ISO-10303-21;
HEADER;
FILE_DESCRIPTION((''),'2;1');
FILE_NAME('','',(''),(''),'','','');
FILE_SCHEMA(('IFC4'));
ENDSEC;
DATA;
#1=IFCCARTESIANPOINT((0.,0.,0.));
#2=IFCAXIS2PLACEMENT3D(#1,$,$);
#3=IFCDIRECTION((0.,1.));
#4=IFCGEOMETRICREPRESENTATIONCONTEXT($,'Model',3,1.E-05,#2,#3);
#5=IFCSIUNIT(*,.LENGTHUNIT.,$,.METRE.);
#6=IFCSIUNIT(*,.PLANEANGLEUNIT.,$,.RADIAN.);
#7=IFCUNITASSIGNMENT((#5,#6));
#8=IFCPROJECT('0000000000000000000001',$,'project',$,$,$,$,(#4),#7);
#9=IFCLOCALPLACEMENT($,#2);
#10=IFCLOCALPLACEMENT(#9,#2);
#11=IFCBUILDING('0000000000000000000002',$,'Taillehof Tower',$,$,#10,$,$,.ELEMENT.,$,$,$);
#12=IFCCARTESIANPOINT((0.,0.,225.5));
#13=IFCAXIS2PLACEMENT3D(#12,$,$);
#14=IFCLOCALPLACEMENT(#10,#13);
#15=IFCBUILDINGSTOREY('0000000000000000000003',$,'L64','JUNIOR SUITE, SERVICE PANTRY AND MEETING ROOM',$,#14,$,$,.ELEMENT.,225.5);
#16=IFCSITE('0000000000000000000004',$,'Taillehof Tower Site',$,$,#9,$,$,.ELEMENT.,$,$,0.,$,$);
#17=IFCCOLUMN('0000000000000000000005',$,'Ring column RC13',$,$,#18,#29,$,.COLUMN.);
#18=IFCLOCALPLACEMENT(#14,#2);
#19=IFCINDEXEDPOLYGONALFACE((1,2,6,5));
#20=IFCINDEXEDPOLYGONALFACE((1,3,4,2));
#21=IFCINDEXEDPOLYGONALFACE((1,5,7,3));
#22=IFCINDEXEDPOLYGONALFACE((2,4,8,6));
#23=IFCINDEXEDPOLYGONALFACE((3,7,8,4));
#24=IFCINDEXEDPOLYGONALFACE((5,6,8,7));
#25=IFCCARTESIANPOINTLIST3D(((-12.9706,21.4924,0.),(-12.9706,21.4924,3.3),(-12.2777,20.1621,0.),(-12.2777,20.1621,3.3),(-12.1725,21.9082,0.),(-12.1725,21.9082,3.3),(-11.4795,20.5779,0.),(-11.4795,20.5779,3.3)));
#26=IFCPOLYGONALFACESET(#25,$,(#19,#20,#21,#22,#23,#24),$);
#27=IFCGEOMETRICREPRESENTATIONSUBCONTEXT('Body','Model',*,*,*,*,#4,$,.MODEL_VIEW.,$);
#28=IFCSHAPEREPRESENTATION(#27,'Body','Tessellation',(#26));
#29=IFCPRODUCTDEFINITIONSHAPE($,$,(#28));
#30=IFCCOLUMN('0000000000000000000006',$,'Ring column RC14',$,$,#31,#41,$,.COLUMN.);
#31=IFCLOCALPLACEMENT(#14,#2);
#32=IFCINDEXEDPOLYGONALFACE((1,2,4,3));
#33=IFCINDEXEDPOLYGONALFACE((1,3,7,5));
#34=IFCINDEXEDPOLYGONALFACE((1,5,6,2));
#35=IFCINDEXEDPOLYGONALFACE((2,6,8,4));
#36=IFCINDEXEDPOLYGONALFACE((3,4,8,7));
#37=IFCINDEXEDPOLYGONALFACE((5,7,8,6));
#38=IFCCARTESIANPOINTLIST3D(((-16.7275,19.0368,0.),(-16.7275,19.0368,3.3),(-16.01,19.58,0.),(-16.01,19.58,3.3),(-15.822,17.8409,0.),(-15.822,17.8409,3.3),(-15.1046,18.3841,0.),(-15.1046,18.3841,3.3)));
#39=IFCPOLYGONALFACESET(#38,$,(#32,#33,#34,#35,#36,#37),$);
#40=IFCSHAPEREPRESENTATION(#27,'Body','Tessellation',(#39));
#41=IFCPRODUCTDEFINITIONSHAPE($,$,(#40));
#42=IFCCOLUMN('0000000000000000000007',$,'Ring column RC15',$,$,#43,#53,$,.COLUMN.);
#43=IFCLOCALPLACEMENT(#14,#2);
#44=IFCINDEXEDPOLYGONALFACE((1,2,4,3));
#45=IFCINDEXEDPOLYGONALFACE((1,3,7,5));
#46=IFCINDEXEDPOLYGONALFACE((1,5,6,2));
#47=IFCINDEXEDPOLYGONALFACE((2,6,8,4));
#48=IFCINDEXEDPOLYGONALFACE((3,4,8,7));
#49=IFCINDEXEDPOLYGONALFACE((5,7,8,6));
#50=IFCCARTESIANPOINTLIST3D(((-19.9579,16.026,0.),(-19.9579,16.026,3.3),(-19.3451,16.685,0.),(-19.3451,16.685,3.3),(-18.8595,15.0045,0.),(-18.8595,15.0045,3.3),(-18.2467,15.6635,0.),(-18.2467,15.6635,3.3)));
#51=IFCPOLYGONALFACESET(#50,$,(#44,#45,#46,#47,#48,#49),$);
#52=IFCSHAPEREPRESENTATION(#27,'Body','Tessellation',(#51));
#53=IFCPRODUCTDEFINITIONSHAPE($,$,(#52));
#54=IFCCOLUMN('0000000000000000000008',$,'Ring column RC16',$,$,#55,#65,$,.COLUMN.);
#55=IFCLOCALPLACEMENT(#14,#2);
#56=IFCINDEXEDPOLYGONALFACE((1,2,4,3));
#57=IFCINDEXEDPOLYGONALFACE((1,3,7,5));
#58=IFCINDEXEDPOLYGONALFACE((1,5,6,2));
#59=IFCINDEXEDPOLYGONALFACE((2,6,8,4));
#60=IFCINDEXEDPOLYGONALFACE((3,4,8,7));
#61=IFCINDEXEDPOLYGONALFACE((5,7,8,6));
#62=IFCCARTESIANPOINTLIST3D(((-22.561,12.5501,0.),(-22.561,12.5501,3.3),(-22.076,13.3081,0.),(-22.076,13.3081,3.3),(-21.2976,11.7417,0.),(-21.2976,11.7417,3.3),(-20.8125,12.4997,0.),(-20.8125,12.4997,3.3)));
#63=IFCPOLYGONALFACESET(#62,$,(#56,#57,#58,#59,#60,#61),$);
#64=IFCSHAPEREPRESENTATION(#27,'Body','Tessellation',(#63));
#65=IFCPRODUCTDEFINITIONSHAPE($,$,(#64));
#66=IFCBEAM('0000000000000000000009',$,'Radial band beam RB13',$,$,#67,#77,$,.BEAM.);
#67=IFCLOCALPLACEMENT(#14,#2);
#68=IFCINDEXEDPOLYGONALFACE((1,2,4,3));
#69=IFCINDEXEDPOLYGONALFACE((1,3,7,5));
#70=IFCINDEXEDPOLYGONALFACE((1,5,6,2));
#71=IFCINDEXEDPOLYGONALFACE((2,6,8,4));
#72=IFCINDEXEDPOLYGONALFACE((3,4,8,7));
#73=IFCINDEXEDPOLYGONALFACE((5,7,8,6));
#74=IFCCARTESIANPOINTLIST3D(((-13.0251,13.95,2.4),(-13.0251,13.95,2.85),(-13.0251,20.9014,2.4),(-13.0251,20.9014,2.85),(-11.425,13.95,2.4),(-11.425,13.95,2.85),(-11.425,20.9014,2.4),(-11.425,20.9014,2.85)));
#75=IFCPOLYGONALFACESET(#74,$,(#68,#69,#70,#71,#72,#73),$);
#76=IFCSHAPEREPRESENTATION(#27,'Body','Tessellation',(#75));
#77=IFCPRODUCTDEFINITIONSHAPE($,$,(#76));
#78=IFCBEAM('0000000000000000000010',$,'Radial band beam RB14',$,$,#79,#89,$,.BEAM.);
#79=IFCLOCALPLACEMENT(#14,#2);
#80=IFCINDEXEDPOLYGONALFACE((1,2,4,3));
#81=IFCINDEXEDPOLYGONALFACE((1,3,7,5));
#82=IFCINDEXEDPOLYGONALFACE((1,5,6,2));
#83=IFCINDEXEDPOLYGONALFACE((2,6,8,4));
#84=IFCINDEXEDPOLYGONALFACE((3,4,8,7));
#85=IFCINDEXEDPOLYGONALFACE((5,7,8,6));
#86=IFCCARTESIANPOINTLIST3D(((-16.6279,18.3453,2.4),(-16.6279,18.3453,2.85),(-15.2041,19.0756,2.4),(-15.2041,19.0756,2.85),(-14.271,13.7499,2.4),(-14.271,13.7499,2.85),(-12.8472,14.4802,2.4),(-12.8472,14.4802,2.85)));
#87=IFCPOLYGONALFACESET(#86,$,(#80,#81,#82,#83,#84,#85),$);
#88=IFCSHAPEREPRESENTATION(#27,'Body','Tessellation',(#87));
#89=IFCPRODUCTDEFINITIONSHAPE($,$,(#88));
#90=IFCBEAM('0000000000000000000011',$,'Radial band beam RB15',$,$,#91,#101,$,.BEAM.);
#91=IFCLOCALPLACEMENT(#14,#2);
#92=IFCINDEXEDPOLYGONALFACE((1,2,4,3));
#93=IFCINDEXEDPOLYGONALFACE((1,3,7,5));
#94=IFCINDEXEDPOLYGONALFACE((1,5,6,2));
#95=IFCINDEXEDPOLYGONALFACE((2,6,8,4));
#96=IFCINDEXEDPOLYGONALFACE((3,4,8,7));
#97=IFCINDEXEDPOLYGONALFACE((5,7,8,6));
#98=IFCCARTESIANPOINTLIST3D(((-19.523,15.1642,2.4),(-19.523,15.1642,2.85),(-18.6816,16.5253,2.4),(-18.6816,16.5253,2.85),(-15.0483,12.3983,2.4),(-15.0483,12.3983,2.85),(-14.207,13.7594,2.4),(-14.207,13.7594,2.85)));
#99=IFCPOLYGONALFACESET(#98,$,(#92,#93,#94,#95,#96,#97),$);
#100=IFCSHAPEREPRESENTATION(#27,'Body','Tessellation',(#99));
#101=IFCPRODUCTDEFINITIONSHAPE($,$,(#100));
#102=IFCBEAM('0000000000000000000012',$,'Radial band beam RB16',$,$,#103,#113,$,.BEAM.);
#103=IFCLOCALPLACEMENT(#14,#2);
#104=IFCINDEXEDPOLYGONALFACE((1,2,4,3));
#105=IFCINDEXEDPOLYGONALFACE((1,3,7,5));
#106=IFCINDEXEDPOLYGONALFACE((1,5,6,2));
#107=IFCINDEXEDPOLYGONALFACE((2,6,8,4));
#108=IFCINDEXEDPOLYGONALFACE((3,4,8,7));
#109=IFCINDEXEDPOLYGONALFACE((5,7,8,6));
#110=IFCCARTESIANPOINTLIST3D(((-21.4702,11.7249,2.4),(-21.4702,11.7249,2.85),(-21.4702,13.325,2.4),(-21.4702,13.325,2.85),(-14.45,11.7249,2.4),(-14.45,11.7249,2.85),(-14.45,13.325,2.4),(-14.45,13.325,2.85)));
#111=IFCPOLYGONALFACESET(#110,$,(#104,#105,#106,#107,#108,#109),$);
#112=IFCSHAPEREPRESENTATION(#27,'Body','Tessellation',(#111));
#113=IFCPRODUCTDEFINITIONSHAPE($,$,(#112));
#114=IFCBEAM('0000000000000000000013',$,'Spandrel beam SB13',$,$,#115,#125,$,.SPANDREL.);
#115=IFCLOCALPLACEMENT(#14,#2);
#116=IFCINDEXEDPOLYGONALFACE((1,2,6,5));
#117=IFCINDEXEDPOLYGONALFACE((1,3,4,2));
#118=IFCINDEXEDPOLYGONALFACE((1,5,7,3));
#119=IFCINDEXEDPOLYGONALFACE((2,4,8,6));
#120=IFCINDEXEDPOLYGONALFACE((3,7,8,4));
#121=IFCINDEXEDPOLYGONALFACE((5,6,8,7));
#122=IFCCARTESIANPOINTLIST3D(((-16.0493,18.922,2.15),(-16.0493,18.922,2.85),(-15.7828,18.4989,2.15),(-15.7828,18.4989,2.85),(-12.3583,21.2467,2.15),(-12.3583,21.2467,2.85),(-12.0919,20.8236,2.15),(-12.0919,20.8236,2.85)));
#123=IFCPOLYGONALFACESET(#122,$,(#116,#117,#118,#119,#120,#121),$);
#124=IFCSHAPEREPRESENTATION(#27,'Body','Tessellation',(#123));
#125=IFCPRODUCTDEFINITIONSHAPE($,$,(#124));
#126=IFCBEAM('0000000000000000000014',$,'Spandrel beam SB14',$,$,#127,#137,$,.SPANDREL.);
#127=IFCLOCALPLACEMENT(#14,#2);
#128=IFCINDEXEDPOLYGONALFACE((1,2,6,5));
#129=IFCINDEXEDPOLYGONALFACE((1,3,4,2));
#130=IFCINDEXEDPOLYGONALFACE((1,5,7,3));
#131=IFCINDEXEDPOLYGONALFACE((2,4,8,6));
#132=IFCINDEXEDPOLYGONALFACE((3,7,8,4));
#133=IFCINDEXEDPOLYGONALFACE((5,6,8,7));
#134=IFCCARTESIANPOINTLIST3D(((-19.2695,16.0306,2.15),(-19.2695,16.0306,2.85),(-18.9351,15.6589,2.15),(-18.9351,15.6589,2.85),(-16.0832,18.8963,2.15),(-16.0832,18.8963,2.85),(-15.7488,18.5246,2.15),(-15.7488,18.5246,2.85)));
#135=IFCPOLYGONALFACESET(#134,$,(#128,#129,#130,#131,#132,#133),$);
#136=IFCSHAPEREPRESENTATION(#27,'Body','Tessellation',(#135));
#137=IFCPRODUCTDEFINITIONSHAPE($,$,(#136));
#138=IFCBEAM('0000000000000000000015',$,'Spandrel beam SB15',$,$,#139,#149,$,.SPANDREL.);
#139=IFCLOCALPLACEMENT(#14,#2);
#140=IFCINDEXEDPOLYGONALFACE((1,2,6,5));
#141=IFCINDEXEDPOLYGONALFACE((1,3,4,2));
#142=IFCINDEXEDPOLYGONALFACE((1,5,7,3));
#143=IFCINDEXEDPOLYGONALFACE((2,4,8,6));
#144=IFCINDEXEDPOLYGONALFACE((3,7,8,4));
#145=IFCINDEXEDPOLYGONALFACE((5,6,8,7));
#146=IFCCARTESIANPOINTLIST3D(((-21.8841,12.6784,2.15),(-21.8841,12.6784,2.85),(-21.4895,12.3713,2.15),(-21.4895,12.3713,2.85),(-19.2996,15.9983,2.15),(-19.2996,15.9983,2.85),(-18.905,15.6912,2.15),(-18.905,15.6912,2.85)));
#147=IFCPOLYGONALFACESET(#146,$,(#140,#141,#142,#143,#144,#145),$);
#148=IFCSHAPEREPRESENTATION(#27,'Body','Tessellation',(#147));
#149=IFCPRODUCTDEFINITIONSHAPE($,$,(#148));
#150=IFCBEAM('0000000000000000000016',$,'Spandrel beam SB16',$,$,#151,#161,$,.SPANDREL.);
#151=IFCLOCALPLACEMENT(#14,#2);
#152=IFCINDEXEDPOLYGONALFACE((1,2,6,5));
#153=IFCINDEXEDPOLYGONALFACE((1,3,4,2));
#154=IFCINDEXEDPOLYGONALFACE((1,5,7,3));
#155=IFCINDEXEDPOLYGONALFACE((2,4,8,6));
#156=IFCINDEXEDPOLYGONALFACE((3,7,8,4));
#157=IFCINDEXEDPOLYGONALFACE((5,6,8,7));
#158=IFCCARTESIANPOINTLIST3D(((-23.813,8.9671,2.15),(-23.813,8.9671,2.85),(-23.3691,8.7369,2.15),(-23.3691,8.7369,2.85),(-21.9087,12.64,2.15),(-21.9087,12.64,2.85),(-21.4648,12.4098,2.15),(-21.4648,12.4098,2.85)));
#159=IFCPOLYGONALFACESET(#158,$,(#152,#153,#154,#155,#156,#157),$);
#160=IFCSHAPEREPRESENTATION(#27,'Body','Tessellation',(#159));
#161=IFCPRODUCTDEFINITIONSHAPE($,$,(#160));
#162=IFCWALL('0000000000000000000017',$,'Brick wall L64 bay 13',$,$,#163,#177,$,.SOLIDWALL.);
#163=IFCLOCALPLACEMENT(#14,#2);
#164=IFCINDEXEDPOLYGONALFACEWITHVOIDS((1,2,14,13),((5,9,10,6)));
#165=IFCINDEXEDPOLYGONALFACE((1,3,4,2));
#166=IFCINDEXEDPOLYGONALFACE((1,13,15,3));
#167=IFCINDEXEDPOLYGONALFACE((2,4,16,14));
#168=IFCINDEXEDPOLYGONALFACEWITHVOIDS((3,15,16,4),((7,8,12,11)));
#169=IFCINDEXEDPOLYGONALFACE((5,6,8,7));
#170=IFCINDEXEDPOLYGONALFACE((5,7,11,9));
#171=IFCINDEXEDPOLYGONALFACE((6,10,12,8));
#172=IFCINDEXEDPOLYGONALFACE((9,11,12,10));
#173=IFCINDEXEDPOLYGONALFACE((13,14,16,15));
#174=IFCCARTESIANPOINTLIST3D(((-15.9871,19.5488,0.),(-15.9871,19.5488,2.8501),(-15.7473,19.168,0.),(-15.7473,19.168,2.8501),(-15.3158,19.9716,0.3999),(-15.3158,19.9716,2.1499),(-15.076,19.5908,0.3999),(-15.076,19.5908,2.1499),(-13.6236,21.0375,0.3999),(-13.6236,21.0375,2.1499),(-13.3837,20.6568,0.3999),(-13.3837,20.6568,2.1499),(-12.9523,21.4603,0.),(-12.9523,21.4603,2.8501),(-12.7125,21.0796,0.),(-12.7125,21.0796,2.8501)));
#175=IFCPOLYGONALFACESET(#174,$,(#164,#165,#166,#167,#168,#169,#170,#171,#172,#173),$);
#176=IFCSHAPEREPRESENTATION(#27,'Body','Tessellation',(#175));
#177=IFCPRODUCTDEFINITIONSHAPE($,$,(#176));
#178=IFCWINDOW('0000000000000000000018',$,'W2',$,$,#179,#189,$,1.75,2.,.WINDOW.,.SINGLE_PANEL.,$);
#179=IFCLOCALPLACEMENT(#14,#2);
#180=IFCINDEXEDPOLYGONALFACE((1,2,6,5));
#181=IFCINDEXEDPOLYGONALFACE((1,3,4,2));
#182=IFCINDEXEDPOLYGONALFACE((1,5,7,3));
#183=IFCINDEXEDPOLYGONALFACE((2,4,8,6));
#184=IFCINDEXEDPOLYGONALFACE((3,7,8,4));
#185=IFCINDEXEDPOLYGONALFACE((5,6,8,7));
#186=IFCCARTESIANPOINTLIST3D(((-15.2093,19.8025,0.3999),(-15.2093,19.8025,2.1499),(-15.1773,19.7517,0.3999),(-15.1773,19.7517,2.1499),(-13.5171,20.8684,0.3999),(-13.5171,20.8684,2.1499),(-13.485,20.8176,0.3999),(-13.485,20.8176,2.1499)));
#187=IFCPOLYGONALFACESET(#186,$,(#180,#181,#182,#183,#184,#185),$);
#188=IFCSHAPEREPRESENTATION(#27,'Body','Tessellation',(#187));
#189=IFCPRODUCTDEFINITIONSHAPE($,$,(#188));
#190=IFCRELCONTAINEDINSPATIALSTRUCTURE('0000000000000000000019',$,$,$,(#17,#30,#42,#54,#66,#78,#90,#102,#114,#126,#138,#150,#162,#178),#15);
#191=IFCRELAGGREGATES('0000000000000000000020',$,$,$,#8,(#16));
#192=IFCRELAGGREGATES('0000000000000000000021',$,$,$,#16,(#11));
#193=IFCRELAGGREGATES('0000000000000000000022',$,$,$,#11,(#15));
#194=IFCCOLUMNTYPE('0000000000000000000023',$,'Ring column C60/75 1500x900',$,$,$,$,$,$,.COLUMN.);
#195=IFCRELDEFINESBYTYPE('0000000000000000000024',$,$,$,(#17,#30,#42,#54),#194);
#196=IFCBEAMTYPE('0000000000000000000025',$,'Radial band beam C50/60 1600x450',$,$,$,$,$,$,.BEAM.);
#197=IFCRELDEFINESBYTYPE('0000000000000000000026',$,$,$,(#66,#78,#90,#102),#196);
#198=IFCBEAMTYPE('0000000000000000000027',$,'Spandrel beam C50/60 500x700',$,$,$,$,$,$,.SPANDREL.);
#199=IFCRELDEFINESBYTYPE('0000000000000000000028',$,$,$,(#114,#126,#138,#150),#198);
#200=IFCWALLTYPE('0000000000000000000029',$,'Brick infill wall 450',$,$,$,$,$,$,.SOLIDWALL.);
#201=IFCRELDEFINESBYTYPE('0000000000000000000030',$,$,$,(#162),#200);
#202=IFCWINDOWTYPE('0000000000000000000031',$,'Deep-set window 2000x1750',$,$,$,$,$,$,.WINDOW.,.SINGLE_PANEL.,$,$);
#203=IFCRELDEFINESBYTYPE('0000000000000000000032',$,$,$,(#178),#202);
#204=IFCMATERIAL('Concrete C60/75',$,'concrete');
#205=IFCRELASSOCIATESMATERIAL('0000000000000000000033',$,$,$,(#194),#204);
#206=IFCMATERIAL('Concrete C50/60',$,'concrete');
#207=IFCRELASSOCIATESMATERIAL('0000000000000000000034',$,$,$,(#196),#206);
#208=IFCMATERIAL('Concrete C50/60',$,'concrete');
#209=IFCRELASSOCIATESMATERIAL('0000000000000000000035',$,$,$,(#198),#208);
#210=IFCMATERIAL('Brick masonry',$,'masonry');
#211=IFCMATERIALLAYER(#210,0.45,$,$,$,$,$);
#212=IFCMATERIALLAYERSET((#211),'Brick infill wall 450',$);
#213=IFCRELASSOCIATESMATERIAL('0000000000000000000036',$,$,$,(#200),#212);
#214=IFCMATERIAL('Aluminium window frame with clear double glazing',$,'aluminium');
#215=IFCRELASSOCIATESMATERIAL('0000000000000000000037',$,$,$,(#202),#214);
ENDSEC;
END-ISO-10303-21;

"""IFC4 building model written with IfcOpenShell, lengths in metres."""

from ifc_helpers import new_model, si_unit, direction, frame, frame_2d, origin, origin_2d, place, context, subcontext, project, spatial, rectangle, extrude, material, layer, layer_set, material_profile, profile_set, type_object, element, fill, save


model = new_model("IFC4")

# Units and contexts
model_context = context("Model", 3, precision=1e-05, world=origin(), true_north=direction((0.0, 1.0)))
body_context = subcontext(model_context, "Body", "Model", "MODEL_VIEW")
ifc_project = project(units=[si_unit("LENGTHUNIT", "METRE"), si_unit("PLANEANGLEUNIT", "RADIAN")], contexts=[model_context])

# Site, building, storey
site_placement = place(None, origin())
site = spatial("IfcSite", under=ifc_project, at=site_placement, Name="Taillehof Tower Site", CompositionType="ELEMENT", RefElevation=0.0)
building_placement = place(site_placement, origin())
building = spatial("IfcBuilding", under=site, at=building_placement, Name="Taillehof Tower", CompositionType="ELEMENT")
storey_placement = place(building_placement, frame((0.0, 0.0, 225.5)))
storey = spatial("IfcBuildingStorey", under=building, at=storey_placement, Name="L64", Description="JUNIOR SUITE, SERVICE PANTRY AND MEETING ROOM", CompositionType="ELEMENT", Elevation=225.5)

# Columns
ifc_material_1 = material(Name="Concrete C60/75", Category="concrete")
ifc_material_profile_1 = material_profile(ifc_material_1, rectangle(XDim=1.5, YDim=0.8999, at=origin_2d()), Name="RC 1500x900")
ifc_profile_set_1 = profile_set([ifc_material_profile_1], Name="Concrete C60/75")
column_type = type_object("IfcColumnType", Name="Ring column C60/75 1500x900", PredefinedType="COLUMN", material=ifc_profile_set_1)
for number, where, z_axis, x_axis, name in (
    (1, (-12.2251, 21.0352, 0.0), (0.0, 0.0, 1.0), (-0.461993, 0.886883, 0.0), "Ring column RC13"),
    (2, (-15.916, 18.7104, 0.0), (0.0, 0.0, 1.0), (-0.603608, 0.797281, 0.0), "Ring column RC14"),
    (3, (-19.1023, 15.8447, 0.0), (0.0, 0.0, 1.0), (-0.732271, 0.681013, 0.0), "Ring column RC15"),
    (4, (-21.6868, 12.5249, 0.0), (0.0, 0.0, 1.0), (-0.842311, 0.538992, 0.0), "Ring column RC16"),
):
    element("IfcColumn", number, at=place(storey_placement, frame(where, z_axis=z_axis, x_axis=x_axis)), inside=storey, type_object=column_type, Name=name, PredefinedType="COLUMN", context=body_context, shape_type="SweptSolid", body=[
        extrude(rectangle(XDim=1.5, YDim=0.8999, at=origin_2d()), origin(), (0.0, 0.0, 1.0), 3.3),
    ])

# Beams
ifc_material_2 = material(Name="Concrete C50/60", Category="concrete")
ifc_material_profile_2 = material_profile(ifc_material_2, rectangle(XDim=1.6001, YDim=0.45, at=origin_2d()), Name="RC 1600x450")
ifc_profile_set_2 = profile_set([ifc_material_profile_2], Name="Concrete C50/60")
beam_type_1 = type_object("IfcBeamType", Name="Radial band beam C50/60 1600x450", PredefinedType="BEAM", material=ifc_profile_set_2)
beam_1_placement = place(storey_placement, frame((-12.2251, 20.9014, 2.625), z_axis=(0.0, -1.0, 0.0), x_axis=(1.0, 0.0, 0.0)))
element("IfcBeam", 5, at=beam_1_placement, inside=storey, type_object=beam_type_1, Name="Radial band beam RB13", PredefinedType="BEAM", context=body_context, shape_type="SweptSolid", body=[
    extrude(rectangle(XDim=1.6001, YDim=0.45, at=origin_2d()), origin(), (0.0, 0.0, 1.0), 6.9514),
])
beam_2_placement = place(storey_placement, frame((-15.916, 18.7104, 2.625), z_axis=(0.456361, -0.889795, 0.0), x_axis=(0.889795, 0.456361, 0.0)))
element("IfcBeam", 6, at=beam_2_placement, inside=storey, type_object=beam_type_1, Name="Radial band beam RB14", PredefinedType="BEAM", context=body_context, shape_type="SweptSolid", body=[
    extrude(rectangle(XDim=1.6001, YDim=0.45, at=origin_2d()), origin(), (0.0, 0.0, 1.0), 5.1646),
])
beam_3_placement = place(storey_placement, frame((-19.1023, 15.8447, 2.625), z_axis=(0.850616, -0.525787, 0.0), x_axis=(0.525787, 0.850616, 0.0)))
element("IfcBeam", 7, at=beam_3_placement, inside=storey, type_object=beam_type_1, Name="Radial band beam RB15", PredefinedType="BEAM", context=body_context, shape_type="SweptSolid", body=[
    extrude(rectangle(XDim=1.6001, YDim=0.45, at=origin_2d()), origin(), (0.0, 0.0, 1.0), 5.2605),
])
beam_4_placement = place(storey_placement, frame((-21.4702, 12.5249, 2.625), z_axis=(1.0, 0.0, 0.0), x_axis=(0.0, 1.0, 0.0)))
element("IfcBeam", 8, at=beam_4_placement, inside=storey, type_object=beam_type_1, Name="Radial band beam RB16", PredefinedType="BEAM", context=body_context, shape_type="SweptSolid", body=[
    extrude(rectangle(XDim=1.6001, YDim=0.45, at=origin_2d()), origin(), (0.0, 0.0, 1.0), 7.0203),
])
ifc_material_3 = material(Name="Concrete C50/60", Category="concrete")
ifc_material_profile_3 = material_profile(ifc_material_3, rectangle(XDim=0.5, YDim=0.7, at=origin_2d()), Name="RC 500x700")
ifc_profile_set_3 = profile_set([ifc_material_profile_3], Name="Concrete C50/60")
beam_type_2 = type_object("IfcBeamType", Name="Spandrel beam C50/60 500x700", PredefinedType="SPANDREL", material=ifc_profile_set_3)
beam_5_placement = place(storey_placement, frame((-12.2251, 21.0352, 2.5), z_axis=(-0.846151, -0.532944, 0.0), x_axis=(0.532944, -0.846151, 0.0)))
element("IfcBeam", 9, at=beam_5_placement, inside=storey, type_object=beam_type_2, Name="Spandrel beam SB13", PredefinedType="SPANDREL", context=body_context, shape_type="SweptSolid", body=[
    extrude(rectangle(XDim=0.5, YDim=0.7, at=origin_2d()), origin(), (0.0, 0.0, 1.0), 4.3621),
])
beam_6_placement = place(storey_placement, frame((-15.916, 18.7104, 2.5), z_axis=(-0.743518, -0.668716, 0.0), x_axis=(0.668716, -0.743518, 0.0)))
element("IfcBeam", 10, at=beam_6_placement, inside=storey, type_object=beam_type_2, Name="Spandrel beam SB14", PredefinedType="SPANDREL", context=body_context, shape_type="SweptSolid", body=[
    extrude(rectangle(XDim=0.5, YDim=0.7, at=origin_2d()), origin(), (0.0, 0.0, 1.0), 4.2854),
])
beam_7_placement = place(storey_placement, frame((-19.1023, 15.8447, 2.5), z_axis=(-0.614294, -0.789077, 0.0), x_axis=(0.789077, -0.614294, 0.0)))
element("IfcBeam", 11, at=beam_7_placement, inside=storey, type_object=beam_type_2, Name="Spandrel beam SB15", PredefinedType="SPANDREL", context=body_context, shape_type="SweptSolid", body=[
    extrude(rectangle(XDim=0.5, YDim=0.7, at=origin_2d()), origin(), (0.0, 0.0, 1.0), 4.2073),
])
beam_8_placement = place(storey_placement, frame((-21.6868, 12.5249, 2.5), z_axis=(-0.46029, -0.887769, 0.0), x_axis=(0.887769, -0.46029, 0.0)))
element("IfcBeam", 12, at=beam_8_placement, inside=storey, type_object=beam_type_2, Name="Spandrel beam SB16", PredefinedType="SPANDREL", context=body_context, shape_type="SweptSolid", body=[
    extrude(rectangle(XDim=0.5, YDim=0.7, at=origin_2d()), origin(), (0.0, 0.0, 1.0), 4.1372),
])

# Wall, opening, window
ifc_material_4 = material(Name="Brick masonry", Category="masonry")
ifc_layer_1 = layer(ifc_material_4, 0.45)
ifc_layer_set_1 = layer_set([ifc_layer_1], Name="Brick infill wall 450")
wall_type_1 = type_object("IfcWallType", Name="Brick infill wall 450", PredefinedType="SOLIDWALL", material=ifc_layer_set_1)
wall_1_placement = place(storey_placement, frame((-12.8323, 21.27, 0.0), z_axis=(0.0, 0.0, 1.0), x_axis=(-0.846138, -0.532963, 0.0)))
wall_1 = element("IfcWall", 13, at=wall_1_placement, inside=storey, type_object=wall_type_1, Name="Brick wall L64 bay 13", PredefinedType="SOLIDWALL", context=body_context, shape_type="SweptSolid", body=[
    extrude(rectangle(XDim=3.5867, YDim=0.45, at=frame_2d((1.7935, 0.0))), origin(), (0.0, 0.0, 1.0), 2.8501),
])
opening_1_placement = place(wall_1_placement, frame((0.7935, 0.0, 0.3999)))
opening_1 = element("IfcOpeningElement", 14, at=opening_1_placement, cuts=wall_1, PredefinedType="OPENING", context=body_context, shape_type="SweptSolid", body=[
    extrude(rectangle(XDim=2.0, YDim=1.75, at=frame_2d((1.0, 0.875))), frame((0.0, 0.2349, 0.0), z_axis=(0.0, -1.0, 0.0), x_axis=(1.0, 0.0, 0.0)), (0.0, 0.0, 1.0), 0.47),
])
ifc_material_5 = material(Name="Aluminium window frame with clear double glazing", Category="aluminium")
window_type = type_object("IfcWindowType", Name="Deep-set window 2000x1750", PartitioningType="SINGLE_PANEL", PredefinedType="WINDOW", material=ifc_material_5)
window_1_placement = place(opening_1_placement, origin())
window_1 = element("IfcWindow", 15, at=window_1_placement, inside=storey, type_object=window_type, Name="W2", OverallHeight=1.75, OverallWidth=2.0, PartitioningType="SINGLE_PANEL", PredefinedType="WINDOW", context=body_context, shape_type="SweptSolid", body=[
    extrude(rectangle(XDim=2.0, YDim=1.75, at=frame_2d((1.0, 0.875))), frame((0.0, 0.0349, 0.0), z_axis=(0.0, -1.0, 0.0), x_axis=(1.0, 0.0, 0.0)), (0.0, 0.0, 1.0), 0.0601),
])
fill(opening_1, window_1)

save(model, "model.ifc")
